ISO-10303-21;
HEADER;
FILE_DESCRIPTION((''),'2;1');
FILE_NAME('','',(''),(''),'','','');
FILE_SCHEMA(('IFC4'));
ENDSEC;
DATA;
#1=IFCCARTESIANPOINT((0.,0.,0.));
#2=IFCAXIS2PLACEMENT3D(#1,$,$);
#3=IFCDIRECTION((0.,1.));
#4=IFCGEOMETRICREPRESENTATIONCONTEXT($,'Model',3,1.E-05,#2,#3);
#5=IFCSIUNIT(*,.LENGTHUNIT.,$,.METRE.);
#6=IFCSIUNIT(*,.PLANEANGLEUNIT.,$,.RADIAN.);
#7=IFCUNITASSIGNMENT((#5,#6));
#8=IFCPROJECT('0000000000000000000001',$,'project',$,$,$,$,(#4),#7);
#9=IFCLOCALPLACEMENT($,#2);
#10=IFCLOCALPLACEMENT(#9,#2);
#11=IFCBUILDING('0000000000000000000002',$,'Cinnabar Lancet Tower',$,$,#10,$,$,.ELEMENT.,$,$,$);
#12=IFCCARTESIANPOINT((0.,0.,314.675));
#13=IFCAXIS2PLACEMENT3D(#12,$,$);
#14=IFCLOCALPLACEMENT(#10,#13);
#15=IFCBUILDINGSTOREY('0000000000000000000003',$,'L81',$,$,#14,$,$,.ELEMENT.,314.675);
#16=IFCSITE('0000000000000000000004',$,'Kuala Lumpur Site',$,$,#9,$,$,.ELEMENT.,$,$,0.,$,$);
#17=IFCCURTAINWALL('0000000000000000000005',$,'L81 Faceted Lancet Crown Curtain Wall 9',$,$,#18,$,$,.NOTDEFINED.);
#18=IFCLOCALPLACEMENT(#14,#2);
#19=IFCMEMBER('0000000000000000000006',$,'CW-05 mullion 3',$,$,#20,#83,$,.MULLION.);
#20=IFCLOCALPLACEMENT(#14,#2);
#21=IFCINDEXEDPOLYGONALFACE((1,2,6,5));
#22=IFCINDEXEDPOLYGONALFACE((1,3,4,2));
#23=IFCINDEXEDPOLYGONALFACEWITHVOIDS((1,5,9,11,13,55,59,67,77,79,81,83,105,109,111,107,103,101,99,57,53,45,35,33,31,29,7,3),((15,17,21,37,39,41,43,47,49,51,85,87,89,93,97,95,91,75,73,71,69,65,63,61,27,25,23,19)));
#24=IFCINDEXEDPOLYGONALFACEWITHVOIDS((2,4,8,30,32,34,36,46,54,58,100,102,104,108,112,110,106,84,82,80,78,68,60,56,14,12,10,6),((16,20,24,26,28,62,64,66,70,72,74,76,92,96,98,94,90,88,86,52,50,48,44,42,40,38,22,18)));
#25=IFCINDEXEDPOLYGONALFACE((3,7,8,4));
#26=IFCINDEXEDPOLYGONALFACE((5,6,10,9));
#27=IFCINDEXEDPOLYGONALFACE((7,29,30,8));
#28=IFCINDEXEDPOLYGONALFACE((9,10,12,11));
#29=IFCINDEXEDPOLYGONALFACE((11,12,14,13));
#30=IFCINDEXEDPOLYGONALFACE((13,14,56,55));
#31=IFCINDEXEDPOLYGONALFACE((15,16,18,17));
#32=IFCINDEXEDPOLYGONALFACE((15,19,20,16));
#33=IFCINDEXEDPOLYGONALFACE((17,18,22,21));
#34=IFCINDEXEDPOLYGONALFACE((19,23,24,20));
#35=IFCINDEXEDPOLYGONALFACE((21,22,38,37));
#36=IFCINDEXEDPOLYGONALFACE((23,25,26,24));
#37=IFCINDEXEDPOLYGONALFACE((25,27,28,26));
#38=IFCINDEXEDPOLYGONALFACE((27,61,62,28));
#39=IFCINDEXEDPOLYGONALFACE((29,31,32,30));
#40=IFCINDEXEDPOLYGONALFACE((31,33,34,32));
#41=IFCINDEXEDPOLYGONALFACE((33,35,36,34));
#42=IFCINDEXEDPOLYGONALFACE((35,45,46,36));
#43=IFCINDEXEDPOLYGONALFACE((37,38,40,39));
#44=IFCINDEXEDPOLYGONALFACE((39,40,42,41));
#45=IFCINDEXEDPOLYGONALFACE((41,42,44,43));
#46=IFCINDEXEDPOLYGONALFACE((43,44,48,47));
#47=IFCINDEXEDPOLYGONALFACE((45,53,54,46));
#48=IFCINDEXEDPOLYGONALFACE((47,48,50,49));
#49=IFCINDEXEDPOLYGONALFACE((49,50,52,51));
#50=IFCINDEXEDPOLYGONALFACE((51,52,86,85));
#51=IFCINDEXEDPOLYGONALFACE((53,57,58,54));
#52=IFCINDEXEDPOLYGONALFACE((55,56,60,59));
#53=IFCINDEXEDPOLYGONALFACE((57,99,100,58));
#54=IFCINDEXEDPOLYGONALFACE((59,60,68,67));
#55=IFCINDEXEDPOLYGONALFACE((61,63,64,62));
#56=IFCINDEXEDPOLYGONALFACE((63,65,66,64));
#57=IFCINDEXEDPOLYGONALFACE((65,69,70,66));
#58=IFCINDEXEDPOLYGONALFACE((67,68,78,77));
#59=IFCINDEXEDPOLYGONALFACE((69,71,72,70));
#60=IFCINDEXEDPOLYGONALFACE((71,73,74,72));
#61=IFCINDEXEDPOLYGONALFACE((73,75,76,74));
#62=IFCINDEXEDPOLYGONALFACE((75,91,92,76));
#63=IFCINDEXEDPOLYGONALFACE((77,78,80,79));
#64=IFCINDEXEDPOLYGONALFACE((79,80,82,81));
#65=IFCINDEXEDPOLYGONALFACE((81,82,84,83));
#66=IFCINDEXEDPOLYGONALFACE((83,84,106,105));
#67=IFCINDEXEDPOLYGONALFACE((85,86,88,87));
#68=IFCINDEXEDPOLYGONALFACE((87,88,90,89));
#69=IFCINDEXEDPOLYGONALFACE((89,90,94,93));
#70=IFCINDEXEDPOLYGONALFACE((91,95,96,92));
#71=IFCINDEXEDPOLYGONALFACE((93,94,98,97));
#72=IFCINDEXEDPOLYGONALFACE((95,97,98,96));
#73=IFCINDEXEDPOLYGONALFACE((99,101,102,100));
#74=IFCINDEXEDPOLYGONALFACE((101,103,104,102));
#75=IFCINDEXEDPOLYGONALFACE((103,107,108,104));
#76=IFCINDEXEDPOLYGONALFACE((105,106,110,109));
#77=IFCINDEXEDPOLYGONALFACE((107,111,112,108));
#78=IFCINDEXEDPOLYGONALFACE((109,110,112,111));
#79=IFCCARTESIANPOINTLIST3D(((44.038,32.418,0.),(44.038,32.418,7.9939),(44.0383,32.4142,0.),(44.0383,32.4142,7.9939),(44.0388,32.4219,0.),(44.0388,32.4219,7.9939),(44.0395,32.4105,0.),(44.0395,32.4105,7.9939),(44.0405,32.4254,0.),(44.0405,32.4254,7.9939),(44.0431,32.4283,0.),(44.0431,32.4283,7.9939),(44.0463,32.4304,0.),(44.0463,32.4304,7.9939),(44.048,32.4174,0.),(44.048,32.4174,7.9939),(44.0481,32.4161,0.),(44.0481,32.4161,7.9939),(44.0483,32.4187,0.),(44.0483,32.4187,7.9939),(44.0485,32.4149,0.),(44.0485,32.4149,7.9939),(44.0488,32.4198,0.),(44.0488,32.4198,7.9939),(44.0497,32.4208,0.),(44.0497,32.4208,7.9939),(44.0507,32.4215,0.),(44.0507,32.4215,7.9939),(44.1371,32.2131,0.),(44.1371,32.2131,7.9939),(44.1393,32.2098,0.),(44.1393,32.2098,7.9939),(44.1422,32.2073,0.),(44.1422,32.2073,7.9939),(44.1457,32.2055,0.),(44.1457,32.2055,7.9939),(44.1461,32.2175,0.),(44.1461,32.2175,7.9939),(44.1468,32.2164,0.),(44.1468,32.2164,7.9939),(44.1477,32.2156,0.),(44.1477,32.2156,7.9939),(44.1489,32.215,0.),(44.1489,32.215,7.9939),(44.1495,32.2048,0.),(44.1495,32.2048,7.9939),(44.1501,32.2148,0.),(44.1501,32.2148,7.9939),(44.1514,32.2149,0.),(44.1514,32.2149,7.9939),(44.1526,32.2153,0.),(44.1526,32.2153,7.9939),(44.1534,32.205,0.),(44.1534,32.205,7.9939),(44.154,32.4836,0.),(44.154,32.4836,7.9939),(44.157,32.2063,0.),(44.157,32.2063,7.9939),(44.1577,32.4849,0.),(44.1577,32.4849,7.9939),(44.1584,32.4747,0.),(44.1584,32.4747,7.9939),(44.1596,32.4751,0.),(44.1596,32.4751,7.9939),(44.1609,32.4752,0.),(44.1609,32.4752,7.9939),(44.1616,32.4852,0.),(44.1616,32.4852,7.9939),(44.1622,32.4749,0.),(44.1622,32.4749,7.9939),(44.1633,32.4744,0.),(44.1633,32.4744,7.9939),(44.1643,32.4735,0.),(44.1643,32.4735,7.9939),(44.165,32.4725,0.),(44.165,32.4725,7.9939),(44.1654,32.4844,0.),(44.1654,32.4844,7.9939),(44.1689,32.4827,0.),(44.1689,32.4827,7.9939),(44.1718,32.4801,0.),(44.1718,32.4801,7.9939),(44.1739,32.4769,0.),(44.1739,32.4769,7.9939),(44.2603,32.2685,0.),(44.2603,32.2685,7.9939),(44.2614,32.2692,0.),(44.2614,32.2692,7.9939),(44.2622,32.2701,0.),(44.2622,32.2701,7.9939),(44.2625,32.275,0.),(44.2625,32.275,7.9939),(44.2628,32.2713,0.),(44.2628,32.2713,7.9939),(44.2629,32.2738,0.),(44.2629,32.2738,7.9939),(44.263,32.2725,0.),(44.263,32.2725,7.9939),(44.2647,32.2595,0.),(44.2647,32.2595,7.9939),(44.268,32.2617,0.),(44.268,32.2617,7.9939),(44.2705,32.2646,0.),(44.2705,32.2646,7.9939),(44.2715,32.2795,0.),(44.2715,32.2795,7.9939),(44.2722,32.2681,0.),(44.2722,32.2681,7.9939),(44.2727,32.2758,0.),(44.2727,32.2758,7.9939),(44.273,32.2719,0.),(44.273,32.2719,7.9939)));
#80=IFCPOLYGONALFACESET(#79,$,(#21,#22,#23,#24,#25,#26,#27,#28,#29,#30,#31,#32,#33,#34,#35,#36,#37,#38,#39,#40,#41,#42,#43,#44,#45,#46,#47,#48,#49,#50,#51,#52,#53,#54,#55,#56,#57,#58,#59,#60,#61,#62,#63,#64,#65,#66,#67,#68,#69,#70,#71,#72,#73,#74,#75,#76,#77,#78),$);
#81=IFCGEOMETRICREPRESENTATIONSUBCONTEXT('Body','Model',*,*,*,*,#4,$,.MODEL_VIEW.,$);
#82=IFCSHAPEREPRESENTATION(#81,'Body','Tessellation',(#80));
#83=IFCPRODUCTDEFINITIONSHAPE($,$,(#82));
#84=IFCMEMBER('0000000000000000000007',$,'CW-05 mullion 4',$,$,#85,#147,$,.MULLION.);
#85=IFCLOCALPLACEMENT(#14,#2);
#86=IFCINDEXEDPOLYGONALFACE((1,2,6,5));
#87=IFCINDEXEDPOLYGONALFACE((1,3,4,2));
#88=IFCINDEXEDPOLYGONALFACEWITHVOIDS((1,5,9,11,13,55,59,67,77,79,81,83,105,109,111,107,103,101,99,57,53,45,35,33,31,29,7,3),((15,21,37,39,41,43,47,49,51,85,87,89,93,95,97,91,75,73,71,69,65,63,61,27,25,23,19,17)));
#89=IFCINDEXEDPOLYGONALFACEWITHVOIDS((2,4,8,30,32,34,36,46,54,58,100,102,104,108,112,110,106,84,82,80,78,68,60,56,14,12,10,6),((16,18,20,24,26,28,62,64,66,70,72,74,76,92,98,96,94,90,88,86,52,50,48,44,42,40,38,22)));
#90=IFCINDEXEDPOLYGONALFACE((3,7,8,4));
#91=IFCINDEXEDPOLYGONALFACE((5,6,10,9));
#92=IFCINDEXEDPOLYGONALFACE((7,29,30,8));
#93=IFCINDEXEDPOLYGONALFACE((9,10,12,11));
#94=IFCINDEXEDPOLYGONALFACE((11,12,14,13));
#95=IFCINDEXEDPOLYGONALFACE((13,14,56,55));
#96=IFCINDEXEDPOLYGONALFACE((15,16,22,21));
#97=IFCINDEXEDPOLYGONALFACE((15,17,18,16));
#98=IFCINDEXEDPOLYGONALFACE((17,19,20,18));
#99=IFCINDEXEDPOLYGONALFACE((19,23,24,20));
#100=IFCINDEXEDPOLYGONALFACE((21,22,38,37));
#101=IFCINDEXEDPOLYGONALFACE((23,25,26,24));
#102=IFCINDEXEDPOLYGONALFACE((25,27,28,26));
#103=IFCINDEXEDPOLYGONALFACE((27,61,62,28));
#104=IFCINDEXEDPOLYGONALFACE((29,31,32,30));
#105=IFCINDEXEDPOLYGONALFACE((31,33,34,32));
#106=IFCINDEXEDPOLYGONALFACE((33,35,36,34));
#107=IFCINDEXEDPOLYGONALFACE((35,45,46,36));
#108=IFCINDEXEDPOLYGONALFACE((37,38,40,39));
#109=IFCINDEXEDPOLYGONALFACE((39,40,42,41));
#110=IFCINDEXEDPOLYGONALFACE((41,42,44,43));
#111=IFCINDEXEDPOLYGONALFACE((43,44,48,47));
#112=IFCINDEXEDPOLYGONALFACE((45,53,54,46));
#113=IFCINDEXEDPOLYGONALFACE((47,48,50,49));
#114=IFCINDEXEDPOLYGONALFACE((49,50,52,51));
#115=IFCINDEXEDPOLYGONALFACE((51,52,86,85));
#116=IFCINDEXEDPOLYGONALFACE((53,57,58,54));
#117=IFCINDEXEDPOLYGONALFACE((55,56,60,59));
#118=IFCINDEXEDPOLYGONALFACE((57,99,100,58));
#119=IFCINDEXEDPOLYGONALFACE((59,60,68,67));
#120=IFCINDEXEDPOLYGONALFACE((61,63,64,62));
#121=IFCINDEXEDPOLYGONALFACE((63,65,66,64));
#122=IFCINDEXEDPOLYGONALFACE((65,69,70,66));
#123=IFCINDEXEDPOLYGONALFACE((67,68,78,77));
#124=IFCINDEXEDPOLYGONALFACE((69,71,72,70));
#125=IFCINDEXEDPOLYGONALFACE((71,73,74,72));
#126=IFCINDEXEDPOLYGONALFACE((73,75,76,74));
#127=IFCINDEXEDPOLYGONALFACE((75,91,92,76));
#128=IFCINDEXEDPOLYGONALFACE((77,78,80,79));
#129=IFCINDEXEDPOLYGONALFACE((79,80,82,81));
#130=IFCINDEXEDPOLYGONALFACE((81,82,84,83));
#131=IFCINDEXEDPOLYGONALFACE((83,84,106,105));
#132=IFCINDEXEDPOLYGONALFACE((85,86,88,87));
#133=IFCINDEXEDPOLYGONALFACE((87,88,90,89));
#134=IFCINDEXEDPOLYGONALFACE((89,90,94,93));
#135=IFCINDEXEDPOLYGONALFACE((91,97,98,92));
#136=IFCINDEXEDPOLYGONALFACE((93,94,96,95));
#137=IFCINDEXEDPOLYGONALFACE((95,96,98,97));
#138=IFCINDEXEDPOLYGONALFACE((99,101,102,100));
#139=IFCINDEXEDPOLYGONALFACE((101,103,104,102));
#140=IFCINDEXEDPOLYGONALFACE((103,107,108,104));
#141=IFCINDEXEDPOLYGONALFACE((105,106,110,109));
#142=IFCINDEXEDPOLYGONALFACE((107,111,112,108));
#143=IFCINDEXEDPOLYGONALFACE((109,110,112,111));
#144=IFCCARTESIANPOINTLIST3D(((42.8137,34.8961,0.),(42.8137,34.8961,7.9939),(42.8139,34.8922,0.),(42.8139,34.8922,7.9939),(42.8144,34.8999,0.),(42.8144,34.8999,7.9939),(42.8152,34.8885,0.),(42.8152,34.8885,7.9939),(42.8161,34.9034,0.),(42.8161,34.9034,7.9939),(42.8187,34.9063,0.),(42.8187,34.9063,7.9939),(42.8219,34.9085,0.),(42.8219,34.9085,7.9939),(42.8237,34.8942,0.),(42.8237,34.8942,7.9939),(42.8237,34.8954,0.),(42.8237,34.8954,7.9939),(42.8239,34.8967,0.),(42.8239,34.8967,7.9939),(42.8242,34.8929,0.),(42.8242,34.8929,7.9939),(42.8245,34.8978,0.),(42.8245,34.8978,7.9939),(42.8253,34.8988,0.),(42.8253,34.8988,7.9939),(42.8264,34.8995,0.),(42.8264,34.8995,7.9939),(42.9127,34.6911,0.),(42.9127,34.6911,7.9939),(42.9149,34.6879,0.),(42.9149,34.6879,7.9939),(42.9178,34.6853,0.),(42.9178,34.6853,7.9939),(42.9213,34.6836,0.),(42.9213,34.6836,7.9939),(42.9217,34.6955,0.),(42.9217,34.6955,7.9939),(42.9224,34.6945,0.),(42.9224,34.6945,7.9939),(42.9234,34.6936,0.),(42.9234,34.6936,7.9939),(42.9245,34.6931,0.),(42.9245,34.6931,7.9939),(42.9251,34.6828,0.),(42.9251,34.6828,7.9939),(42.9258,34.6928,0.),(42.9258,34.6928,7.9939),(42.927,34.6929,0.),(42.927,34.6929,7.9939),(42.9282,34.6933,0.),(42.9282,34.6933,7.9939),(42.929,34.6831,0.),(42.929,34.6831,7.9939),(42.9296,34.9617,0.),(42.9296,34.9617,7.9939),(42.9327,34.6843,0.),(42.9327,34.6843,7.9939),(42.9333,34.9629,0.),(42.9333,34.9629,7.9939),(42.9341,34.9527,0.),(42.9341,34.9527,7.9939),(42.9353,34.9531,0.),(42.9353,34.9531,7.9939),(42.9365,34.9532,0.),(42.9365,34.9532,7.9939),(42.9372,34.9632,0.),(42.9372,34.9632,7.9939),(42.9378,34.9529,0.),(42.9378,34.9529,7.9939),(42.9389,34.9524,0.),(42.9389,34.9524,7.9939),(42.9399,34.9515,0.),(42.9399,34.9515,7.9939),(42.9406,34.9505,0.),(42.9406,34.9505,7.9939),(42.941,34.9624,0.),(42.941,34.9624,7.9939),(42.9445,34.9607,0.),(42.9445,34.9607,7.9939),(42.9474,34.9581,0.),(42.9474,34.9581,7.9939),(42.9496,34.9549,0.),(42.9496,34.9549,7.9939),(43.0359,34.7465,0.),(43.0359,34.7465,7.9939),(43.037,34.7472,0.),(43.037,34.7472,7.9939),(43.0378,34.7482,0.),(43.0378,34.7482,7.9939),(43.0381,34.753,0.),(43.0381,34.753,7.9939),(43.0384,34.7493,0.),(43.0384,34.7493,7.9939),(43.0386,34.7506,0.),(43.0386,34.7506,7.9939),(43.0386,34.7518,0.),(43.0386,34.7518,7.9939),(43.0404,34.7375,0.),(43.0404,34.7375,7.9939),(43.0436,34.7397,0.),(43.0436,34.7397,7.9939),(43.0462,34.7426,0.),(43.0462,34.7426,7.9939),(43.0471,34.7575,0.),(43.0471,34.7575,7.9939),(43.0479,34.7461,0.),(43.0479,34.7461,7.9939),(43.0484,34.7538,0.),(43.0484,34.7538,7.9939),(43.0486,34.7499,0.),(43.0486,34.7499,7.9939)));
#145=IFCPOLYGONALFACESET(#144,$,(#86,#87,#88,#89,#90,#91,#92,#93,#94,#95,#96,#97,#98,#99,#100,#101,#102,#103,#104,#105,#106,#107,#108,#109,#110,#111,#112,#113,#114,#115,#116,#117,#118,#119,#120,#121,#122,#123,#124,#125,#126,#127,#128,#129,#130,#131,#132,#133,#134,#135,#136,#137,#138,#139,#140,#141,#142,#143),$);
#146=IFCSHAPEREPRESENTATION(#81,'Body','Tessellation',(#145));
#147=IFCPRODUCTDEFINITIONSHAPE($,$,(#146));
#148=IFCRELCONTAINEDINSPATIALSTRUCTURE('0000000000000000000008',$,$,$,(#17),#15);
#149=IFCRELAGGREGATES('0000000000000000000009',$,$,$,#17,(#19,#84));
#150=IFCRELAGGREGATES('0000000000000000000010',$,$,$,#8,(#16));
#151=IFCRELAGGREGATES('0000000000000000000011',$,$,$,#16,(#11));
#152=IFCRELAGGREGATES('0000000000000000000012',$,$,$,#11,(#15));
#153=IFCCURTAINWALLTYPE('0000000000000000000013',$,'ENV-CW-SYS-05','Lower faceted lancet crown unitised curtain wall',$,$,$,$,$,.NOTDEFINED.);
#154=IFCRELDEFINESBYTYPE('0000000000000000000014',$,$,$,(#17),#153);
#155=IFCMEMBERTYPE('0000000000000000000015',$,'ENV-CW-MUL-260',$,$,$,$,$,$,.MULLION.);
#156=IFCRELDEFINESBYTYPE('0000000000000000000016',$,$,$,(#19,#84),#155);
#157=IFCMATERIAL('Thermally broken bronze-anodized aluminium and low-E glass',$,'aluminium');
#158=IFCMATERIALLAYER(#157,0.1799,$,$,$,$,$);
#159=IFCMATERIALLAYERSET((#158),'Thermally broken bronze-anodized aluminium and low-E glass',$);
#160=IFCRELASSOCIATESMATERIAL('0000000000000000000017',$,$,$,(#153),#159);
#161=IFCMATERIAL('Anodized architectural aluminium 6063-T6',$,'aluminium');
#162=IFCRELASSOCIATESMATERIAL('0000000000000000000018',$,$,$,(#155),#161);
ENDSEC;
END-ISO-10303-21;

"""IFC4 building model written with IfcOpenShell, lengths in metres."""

from ifc_helpers import new_model, si_unit, direction, frame, origin, origin_2d, place, context, subcontext, project, spatial, hollow_rectangle, extrude, material, layer, layer_set, material_profile, profile_set, type_object, element, aggregate, save


model = new_model("IFC4")

# Units and contexts
model_context = context("Model", 3, precision=1e-05, world=origin(), true_north=direction((0.0, 1.0)))
body_context = subcontext(model_context, "Body", "Model", "MODEL_VIEW")
ifc_project = project(units=[si_unit("LENGTHUNIT", "METRE"), si_unit("PLANEANGLEUNIT", "RADIAN")], contexts=[model_context])

# Site, building, storey
site_placement = place(None, origin())
site = spatial("IfcSite", under=ifc_project, at=site_placement, Name="Kuala Lumpur Site", CompositionType="ELEMENT", RefElevation=0.0)
building_placement = place(site_placement, origin())
building = spatial("IfcBuilding", under=site, at=building_placement, Name="Cinnabar Lancet Tower", CompositionType="ELEMENT")
storey_placement = place(building_placement, frame((0.0, 0.0, 314.675)))
storey = spatial("IfcBuildingStorey", under=building, at=storey_placement, Name="L81", CompositionType="ELEMENT", Elevation=314.675)

# Curtain wall, members
ifc_material_1 = material(Name="Thermally broken bronze-anodized aluminium and low-E glass", Category="aluminium")
ifc_layer_1 = layer(ifc_material_1, 0.1799)
ifc_layer_set_1 = layer_set([ifc_layer_1], Name="Thermally broken bronze-anodized aluminium and low-E glass")
curtain_wall_type = type_object("IfcCurtainWallType", Name="ENV-CW-SYS-05", Description="Lower faceted lancet crown unitised curtain wall", PredefinedType="NOTDEFINED", material=ifc_layer_set_1)
curtain_wall_1_placement = place(storey_placement, origin())
curtain_wall_1 = element("IfcCurtainWall", 1, at=curtain_wall_1_placement, inside=storey, type_object=curtain_wall_type, Name="L81 Faceted Lancet Crown Curtain Wall 9", PredefinedType="NOTDEFINED")
ifc_material_2 = material(Name="Anodized architectural aluminium 6063-T6", Category="aluminium")
ifc_material_profile_1 = material_profile(ifc_material_2, hollow_rectangle(XDim=0.1499, YDim=0.25, WallThickness=0.01, InnerFilletRadius=0.0049, OuterFilletRadius=0.0149, at=origin_2d()), Name="RHS 250x150x10")
ifc_profile_set_1 = profile_set([ifc_material_profile_1], Name="Anodized architectural aluminium 6063-T6")
member_type_1 = type_object("IfcMemberType", Name="ENV-CW-MUL-260", PredefinedType="MULLION", material=ifc_profile_set_1)
member_1_placement = place(storey_placement, frame((44.1555, 32.345, 0.0), z_axis=(0.0, 0.0, 1.0), x_axis=(-0.896552, -0.442939, 0.0)))
member_1 = element("IfcMember", 2, at=member_1_placement, type_object=member_type_1, Name="CW-05 mullion 3", PredefinedType="MULLION", context=body_context, shape_type="SweptSolid", body=[
    extrude(hollow_rectangle(XDim=0.1499, YDim=0.25, WallThickness=0.01, InnerFilletRadius=0.0049, OuterFilletRadius=0.0149, at=origin_2d()), origin(), (0.0, 0.0, 1.0), 7.9939),
])
member_2_placement = place(storey_placement, frame((42.9312, 34.823, 0.0), z_axis=(0.0, 0.0, 1.0), x_axis=(-0.896552, -0.442939, 0.0)))
member_2 = element("IfcMember", 3, at=member_2_placement, type_object=member_type_1, Name="CW-05 mullion 4", PredefinedType="MULLION", context=body_context, shape_type="SweptSolid", body=[
    extrude(hollow_rectangle(XDim=0.1499, YDim=0.25, WallThickness=0.01, InnerFilletRadius=0.0049, OuterFilletRadius=0.0149, at=origin_2d()), origin(), (0.0, 0.0, 1.0), 7.9939),
])

aggregate(curtain_wall_1, [member_1, member_2])

save(model, "model.ifc")
